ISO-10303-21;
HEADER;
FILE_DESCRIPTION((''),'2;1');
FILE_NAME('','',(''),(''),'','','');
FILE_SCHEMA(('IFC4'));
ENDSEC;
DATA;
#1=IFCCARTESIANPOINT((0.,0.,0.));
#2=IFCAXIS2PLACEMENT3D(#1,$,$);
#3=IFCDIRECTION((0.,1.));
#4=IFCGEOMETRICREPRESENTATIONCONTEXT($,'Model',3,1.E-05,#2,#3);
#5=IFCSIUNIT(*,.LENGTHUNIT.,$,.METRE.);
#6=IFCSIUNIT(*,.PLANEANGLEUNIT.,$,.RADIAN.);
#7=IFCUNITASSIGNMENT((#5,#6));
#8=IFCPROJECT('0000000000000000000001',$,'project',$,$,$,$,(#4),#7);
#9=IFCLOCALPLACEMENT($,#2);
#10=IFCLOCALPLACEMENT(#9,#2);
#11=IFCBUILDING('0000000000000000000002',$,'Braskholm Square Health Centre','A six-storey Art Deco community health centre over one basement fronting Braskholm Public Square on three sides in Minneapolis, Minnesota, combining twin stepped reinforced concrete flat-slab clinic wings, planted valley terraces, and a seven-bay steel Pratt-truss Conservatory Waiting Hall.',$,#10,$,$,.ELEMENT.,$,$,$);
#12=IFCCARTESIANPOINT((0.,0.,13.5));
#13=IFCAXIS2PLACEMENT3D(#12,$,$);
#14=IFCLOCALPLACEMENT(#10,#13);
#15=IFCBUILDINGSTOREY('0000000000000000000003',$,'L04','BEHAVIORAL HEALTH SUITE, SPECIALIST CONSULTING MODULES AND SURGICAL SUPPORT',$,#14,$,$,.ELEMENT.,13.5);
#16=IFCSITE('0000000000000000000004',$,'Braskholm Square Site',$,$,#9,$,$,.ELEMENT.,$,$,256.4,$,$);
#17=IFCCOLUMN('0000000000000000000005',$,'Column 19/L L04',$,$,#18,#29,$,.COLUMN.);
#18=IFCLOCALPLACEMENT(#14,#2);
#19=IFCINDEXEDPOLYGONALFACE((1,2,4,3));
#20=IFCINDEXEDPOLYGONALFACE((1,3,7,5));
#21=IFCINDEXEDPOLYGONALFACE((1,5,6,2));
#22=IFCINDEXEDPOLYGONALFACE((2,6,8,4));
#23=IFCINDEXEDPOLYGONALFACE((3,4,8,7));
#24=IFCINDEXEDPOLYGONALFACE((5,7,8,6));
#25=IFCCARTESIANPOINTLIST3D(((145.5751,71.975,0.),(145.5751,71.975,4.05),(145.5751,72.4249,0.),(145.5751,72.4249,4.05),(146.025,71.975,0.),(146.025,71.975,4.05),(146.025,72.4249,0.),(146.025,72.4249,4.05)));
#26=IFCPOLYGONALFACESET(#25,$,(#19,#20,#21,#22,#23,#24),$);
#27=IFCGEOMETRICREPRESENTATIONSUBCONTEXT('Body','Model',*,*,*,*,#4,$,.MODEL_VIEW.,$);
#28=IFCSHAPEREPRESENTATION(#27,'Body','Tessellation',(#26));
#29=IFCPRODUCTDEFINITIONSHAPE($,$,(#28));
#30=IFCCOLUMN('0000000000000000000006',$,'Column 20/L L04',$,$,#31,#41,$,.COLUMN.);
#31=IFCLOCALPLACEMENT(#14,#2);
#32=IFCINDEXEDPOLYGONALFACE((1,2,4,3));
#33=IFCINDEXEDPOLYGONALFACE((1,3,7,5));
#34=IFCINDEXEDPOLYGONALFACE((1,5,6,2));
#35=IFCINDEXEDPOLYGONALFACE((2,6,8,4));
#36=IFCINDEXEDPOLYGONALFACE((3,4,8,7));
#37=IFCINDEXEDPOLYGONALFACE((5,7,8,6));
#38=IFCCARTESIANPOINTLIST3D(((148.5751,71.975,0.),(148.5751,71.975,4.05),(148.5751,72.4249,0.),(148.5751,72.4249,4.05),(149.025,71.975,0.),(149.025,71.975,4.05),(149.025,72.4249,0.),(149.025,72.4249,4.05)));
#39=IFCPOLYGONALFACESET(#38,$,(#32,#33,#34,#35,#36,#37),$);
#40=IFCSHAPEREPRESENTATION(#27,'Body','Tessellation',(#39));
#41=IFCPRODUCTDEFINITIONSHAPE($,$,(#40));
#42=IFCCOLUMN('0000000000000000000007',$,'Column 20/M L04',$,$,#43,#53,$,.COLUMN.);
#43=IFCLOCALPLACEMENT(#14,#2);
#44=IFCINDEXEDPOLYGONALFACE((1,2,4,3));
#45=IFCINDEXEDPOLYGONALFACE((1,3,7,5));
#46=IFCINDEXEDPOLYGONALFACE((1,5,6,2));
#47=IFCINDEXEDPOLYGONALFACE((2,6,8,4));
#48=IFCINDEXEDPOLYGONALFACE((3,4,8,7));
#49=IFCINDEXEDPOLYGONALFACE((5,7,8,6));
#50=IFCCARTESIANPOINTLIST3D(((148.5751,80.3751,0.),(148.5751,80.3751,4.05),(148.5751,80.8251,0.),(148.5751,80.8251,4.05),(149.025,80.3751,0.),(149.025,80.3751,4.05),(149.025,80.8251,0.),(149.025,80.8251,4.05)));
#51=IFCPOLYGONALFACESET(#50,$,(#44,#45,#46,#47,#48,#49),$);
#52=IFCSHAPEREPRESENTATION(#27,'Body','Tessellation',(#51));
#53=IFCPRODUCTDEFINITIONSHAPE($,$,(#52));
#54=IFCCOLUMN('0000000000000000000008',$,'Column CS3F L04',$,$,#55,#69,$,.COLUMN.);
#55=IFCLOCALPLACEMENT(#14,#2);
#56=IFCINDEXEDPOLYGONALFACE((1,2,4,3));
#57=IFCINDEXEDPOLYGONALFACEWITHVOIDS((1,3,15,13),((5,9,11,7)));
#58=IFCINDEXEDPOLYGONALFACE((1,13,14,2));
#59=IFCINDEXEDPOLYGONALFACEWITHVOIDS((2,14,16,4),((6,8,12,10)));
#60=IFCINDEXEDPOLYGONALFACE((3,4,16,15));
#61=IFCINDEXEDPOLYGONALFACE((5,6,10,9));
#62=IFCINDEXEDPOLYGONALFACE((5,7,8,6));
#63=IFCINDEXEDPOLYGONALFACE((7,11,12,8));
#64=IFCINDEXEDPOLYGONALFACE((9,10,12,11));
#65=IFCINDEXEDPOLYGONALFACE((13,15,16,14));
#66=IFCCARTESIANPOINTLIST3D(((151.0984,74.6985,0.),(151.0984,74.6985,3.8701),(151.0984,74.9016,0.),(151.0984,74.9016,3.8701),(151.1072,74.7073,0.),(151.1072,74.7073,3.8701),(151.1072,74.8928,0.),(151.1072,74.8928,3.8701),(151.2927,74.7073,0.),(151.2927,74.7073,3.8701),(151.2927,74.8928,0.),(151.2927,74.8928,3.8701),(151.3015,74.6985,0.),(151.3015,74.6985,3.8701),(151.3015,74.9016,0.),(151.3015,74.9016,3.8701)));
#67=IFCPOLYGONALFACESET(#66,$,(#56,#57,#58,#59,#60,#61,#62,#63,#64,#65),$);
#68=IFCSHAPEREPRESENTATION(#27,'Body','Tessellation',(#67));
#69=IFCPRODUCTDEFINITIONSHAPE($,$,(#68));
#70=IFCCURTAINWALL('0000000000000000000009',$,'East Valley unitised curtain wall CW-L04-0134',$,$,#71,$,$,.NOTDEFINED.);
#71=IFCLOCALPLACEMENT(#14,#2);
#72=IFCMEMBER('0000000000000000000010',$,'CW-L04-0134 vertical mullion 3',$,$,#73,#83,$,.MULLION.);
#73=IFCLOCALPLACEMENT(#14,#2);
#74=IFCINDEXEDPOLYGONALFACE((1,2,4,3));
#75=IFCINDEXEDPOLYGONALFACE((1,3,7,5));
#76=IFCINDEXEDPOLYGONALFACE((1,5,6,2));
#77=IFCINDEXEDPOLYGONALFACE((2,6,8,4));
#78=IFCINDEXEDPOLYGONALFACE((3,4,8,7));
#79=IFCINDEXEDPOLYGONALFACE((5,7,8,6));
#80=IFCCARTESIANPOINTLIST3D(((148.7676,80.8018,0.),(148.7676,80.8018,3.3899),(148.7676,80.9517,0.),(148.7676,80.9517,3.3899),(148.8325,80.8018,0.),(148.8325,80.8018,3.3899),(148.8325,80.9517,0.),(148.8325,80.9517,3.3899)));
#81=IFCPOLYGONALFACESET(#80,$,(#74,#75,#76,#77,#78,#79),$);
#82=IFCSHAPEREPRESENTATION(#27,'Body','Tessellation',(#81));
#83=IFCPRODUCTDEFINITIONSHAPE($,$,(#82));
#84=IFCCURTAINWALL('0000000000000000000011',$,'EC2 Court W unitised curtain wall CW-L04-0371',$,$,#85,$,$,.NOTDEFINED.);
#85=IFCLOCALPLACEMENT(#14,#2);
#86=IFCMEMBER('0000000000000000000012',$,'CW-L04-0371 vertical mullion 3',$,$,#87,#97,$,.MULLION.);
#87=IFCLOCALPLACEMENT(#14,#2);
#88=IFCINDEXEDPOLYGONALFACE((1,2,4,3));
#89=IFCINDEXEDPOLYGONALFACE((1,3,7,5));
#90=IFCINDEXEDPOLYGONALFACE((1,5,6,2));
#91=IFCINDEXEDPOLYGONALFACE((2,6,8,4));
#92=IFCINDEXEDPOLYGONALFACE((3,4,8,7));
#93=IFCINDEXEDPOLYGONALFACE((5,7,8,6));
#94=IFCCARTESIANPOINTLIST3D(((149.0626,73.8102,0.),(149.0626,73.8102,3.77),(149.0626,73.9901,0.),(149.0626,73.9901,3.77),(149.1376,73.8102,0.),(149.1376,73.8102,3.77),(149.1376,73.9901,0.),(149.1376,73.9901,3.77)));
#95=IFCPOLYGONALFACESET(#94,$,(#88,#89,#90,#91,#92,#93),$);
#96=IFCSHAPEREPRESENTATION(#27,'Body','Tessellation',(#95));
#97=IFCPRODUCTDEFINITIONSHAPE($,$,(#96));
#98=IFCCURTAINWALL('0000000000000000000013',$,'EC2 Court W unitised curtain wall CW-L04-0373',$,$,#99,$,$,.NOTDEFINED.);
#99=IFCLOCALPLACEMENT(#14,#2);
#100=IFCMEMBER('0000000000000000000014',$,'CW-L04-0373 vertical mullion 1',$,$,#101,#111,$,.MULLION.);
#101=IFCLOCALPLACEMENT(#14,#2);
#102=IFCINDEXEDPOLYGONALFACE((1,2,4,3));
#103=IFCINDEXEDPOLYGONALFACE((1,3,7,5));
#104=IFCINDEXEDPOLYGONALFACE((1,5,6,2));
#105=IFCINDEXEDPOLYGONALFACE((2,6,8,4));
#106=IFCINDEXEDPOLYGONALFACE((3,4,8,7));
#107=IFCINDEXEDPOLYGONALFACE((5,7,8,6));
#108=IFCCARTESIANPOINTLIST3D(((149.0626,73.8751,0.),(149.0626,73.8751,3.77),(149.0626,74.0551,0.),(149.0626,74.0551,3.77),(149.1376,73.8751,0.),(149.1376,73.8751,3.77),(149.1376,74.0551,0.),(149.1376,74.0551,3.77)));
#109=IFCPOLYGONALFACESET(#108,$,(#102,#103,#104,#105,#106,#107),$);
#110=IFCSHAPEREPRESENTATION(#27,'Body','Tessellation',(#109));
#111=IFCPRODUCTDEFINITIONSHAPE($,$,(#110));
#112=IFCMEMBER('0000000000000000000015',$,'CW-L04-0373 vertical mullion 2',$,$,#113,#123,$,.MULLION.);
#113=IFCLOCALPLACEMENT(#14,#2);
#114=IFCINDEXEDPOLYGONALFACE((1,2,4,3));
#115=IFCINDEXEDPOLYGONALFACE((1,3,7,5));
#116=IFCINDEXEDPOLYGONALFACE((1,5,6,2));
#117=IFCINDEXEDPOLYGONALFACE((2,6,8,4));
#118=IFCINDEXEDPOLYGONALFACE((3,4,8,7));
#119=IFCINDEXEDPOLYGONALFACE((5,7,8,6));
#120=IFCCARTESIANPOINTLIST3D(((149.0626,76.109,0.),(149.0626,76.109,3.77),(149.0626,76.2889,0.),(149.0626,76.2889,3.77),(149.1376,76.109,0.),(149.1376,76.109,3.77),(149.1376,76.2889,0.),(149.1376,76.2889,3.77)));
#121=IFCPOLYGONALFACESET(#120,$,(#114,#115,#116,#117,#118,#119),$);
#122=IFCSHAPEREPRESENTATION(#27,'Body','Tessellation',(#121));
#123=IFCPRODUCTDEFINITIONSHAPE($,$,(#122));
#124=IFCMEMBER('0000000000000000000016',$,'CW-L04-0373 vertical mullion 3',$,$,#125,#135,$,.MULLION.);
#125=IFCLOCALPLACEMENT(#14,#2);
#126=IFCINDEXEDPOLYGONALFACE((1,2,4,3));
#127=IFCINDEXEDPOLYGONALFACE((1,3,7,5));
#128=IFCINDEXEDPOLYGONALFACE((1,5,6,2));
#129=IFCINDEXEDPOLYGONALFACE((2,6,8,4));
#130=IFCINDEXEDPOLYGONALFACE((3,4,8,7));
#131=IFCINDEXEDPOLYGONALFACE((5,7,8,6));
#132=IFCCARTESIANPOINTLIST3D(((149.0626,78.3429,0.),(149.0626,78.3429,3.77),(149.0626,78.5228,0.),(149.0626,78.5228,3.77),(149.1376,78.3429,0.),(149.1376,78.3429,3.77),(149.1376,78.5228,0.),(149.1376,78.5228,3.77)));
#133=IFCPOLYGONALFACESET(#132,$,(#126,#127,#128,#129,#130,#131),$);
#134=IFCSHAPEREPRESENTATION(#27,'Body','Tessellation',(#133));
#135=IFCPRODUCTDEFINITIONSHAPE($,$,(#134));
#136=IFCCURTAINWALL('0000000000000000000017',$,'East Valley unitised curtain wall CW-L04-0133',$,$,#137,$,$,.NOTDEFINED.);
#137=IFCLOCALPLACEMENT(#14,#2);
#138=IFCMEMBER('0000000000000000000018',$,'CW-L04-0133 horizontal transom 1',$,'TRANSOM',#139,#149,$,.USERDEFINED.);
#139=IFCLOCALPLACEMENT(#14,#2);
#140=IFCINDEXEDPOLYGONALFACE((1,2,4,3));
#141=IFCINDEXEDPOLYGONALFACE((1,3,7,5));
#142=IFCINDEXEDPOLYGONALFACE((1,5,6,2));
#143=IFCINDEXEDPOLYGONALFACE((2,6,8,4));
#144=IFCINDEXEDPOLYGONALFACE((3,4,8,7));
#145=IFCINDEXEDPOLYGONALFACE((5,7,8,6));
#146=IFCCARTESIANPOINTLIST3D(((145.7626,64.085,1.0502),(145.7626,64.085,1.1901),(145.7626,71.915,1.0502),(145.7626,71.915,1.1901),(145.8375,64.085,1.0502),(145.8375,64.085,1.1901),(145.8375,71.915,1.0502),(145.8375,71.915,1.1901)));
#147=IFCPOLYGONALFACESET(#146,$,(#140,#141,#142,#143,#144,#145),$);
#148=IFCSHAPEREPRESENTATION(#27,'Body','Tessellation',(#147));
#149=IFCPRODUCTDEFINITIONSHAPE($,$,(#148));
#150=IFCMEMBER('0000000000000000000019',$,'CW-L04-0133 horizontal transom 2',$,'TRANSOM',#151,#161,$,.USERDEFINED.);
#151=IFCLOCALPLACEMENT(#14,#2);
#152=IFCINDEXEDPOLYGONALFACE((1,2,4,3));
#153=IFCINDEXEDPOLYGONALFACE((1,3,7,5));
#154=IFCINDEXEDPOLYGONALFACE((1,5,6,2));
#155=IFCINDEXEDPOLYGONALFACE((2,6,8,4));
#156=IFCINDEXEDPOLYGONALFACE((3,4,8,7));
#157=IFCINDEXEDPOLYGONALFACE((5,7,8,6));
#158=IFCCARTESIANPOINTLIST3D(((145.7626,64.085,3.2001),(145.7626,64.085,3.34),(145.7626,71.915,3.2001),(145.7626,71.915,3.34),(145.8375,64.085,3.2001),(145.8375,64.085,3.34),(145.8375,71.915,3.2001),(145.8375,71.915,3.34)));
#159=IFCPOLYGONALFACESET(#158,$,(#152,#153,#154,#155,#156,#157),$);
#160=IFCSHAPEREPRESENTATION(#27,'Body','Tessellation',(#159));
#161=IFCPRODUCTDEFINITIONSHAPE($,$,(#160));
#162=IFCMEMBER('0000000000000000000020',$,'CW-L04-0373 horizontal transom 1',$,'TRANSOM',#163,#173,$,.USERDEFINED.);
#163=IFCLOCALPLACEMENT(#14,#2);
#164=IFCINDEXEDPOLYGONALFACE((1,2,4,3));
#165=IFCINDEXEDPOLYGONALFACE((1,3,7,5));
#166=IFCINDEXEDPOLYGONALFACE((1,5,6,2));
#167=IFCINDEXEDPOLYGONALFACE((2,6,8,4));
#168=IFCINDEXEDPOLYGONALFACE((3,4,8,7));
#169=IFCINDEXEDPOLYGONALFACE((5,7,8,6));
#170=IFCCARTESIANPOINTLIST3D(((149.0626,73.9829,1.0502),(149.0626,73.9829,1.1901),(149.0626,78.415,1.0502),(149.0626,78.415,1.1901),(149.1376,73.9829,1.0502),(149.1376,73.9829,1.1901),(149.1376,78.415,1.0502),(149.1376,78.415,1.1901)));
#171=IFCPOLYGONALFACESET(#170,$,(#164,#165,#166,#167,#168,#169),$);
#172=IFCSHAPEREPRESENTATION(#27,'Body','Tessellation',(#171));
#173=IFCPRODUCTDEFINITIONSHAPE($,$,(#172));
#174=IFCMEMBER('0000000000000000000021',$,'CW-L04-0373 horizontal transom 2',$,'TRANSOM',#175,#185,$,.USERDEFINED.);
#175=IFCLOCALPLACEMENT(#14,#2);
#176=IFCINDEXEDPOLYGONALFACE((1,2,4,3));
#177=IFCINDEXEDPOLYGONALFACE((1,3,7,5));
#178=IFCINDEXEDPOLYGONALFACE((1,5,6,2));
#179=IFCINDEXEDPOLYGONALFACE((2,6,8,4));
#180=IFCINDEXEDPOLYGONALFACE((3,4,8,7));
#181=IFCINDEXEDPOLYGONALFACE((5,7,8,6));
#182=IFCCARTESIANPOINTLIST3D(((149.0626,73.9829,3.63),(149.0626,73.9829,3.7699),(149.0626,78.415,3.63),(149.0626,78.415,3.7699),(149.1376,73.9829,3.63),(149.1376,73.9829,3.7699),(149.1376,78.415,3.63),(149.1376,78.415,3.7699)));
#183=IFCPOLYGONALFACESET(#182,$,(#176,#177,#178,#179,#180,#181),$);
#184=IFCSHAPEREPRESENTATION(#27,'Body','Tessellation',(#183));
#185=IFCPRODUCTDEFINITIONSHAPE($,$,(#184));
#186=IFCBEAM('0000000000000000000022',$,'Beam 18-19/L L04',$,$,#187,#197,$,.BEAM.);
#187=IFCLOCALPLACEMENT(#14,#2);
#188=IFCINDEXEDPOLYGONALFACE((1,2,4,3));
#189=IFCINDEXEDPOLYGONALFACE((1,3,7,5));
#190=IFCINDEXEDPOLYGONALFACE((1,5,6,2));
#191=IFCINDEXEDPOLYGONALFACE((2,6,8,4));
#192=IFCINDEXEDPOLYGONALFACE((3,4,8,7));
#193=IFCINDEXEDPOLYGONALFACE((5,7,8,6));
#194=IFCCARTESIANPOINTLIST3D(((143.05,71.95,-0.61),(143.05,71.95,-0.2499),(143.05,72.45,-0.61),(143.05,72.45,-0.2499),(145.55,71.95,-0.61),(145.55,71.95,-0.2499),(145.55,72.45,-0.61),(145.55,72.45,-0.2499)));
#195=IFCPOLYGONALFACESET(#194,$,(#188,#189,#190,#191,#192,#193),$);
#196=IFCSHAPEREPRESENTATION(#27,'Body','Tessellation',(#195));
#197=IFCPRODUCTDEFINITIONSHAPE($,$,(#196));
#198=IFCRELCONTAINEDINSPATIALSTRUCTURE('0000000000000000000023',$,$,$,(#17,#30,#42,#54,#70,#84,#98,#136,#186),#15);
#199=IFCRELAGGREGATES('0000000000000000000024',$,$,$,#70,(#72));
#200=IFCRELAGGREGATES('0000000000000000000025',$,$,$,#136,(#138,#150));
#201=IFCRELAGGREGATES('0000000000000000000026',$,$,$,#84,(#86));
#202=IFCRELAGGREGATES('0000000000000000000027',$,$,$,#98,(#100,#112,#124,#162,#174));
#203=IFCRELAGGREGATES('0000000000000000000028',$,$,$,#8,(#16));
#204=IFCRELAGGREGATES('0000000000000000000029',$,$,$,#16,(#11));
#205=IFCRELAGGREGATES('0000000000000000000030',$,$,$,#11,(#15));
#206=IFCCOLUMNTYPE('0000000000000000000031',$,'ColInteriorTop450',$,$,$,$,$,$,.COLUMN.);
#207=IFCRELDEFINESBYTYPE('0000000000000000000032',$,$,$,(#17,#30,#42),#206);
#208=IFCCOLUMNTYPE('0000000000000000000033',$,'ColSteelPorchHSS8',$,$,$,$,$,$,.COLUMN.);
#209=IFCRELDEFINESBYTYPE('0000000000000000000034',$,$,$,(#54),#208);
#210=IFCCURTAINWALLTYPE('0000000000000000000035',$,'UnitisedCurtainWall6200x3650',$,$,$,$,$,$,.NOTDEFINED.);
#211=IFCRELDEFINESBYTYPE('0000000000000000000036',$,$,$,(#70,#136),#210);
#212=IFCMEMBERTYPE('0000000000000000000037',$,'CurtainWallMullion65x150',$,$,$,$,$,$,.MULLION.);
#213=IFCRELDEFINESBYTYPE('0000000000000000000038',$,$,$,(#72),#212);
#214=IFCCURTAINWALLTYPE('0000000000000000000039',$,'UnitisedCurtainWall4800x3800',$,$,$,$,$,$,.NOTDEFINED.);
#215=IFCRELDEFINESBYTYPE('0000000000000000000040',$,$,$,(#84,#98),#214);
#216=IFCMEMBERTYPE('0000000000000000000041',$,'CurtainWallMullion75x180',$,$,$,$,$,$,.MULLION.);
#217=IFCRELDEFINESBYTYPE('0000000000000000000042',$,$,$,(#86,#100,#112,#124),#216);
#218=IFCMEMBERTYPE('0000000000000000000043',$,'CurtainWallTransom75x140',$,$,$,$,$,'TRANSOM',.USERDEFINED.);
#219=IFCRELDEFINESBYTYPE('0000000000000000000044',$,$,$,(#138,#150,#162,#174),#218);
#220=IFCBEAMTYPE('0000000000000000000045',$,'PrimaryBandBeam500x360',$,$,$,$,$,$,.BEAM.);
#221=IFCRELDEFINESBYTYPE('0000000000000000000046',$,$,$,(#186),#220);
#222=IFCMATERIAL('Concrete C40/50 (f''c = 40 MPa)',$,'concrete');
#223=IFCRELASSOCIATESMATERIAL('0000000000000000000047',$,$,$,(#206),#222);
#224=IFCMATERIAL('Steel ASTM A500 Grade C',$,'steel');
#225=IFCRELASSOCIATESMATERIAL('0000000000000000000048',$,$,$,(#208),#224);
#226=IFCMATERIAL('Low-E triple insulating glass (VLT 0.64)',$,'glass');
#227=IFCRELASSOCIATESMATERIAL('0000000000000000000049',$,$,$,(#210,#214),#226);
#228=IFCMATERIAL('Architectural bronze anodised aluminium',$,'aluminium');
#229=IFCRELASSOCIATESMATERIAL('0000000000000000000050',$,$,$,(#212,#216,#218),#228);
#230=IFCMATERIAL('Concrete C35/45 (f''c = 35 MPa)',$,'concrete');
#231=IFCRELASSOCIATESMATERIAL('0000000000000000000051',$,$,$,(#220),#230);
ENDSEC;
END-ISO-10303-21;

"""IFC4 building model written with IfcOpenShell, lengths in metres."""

from ifc_helpers import new_model, si_unit, direction, frame, origin, origin_2d, place, context, subcontext, project, spatial, rectangle, hollow_rectangle, extrude, material, material_profile, profile_set, type_object, element, aggregate, save


model = new_model("IFC4")

# Units and contexts
model_context = context("Model", 3, precision=1e-05, world=origin(), true_north=direction((0.0, 1.0)))
body_context = subcontext(model_context, "Body", "Model", "MODEL_VIEW")
ifc_project = project(units=[si_unit("LENGTHUNIT", "METRE"), si_unit("PLANEANGLEUNIT", "RADIAN")], contexts=[model_context])

# Site, building, storey
site_placement = place(None, origin())
site = spatial("IfcSite", under=ifc_project, at=site_placement, Name="Braskholm Square Site", CompositionType="ELEMENT", RefElevation=256.4)
building_placement = place(site_placement, origin())
building = spatial("IfcBuilding", under=site, at=building_placement, Name="Braskholm Square Health Centre", Description="A six-storey Art Deco community health centre over one basement fronting Braskholm Public Square on three sides in Minneapolis, Minnesota, combining twin stepped reinforced concrete flat-slab clinic wings, planted valley terraces, and a seven-bay steel Pratt-truss Conservatory Waiting Hall.", CompositionType="ELEMENT")
storey_placement = place(building_placement, frame((0.0, 0.0, 13.5)))
storey = spatial("IfcBuildingStorey", under=building, at=storey_placement, Name="L04", Description="BEHAVIORAL HEALTH SUITE, SPECIALIST CONSULTING MODULES AND SURGICAL SUPPORT", CompositionType="ELEMENT", Elevation=13.5)

# Columns
ifc_material_1 = material(Name="Concrete C40/50 (f'c = 40 MPa)", Category="concrete")
ifc_material_profile_1 = material_profile(ifc_material_1, rectangle(XDim=0.45, YDim=0.45, at=origin_2d()), Name="RC-450X450")
ifc_profile_set_1 = profile_set([ifc_material_profile_1], Name="Concrete C40/50 (f'c = 40 MPa)")
column_type_1 = type_object("IfcColumnType", Name="ColInteriorTop450", PredefinedType="COLUMN", material=ifc_profile_set_1)
for number, where, z_axis, x_axis, name in (
    (1, (145.8, 72.2, 0.0), (0.0, 0.0, 1.0), (1.0, 0.0, 0.0), "Column 19/L L04"),
    (2, (148.8, 72.2, 0.0), (0.0, 0.0, 1.0), (1.0, 0.0, 0.0), "Column 20/L L04"),
    (3, (148.8, 80.6001, 0.0), (0.0, 0.0, 1.0), (1.0, 0.0, 0.0), "Column 20/M L04"),
):
    element("IfcColumn", number, at=place(storey_placement, frame(where, z_axis=z_axis, x_axis=x_axis)), inside=storey, type_object=column_type_1, Name=name, PredefinedType="COLUMN", context=body_context, shape_type="SweptSolid", body=[
        extrude(rectangle(XDim=0.45, YDim=0.45, at=origin_2d()), origin(), (0.0, 0.0, 1.0), 4.05),
    ])
ifc_material_2 = material(Name="Steel ASTM A500 Grade C", Category="steel")
ifc_material_profile_2 = material_profile(ifc_material_2, hollow_rectangle(XDim=0.2031, YDim=0.2031, WallThickness=0.0088, at=origin_2d()), Name="HSS8X8X3/8")
ifc_profile_set_2 = profile_set([ifc_material_profile_2], Name="Steel ASTM A500 Grade C")
column_type_2 = type_object("IfcColumnType", Name="ColSteelPorchHSS8", PredefinedType="COLUMN", material=ifc_profile_set_2)
column_placement = place(storey_placement, frame((151.2, 74.8, 0.0), z_axis=(0.0, 0.0, 1.0), x_axis=(1.0, 0.0, 0.0)))
element("IfcColumn", 4, at=column_placement, inside=storey, type_object=column_type_2, Name="Column CS3F L04", PredefinedType="COLUMN", context=body_context, shape_type="SweptSolid", body=[
    extrude(hollow_rectangle(XDim=0.2031, YDim=0.2031, WallThickness=0.0088, at=origin_2d()), origin(), (0.0, 0.0, 1.0), 3.8701),
])

# Curtain walls, members
ifc_material_3 = material(Name="Low-E triple insulating glass (VLT 0.64)", Category="glass")
curtain_wall_type_1 = type_object("IfcCurtainWallType", Name="UnitisedCurtainWall6200x3650", PredefinedType="NOTDEFINED", material=ifc_material_3)
curtain_wall_1_placement = place(storey_placement, origin())
curtain_wall_1 = element("IfcCurtainWall", 5, at=curtain_wall_1_placement, inside=storey, type_object=curtain_wall_type_1, Name="East Valley unitised curtain wall CW-L04-0134", PredefinedType="NOTDEFINED")
ifc_material_4 = material(Name="Architectural bronze anodised aluminium", Category="aluminium")
ifc_material_profile_3 = material_profile(ifc_material_4, rectangle(XDim=0.0649, YDim=0.1499, at=origin_2d()), Name="ALU-65X150")
ifc_profile_set_3 = profile_set([ifc_material_profile_3], Name="Architectural bronze anodised aluminium")
member_type_1 = type_object("IfcMemberType", Name="CurtainWallMullion65x150", PredefinedType="MULLION", material=ifc_profile_set_3)
member_1_placement = place(storey_placement, frame((148.8, 80.8767, 0.0), z_axis=(0.0, 0.0, 1.0), x_axis=(1.0, 0.0, 0.0)))
member_1 = element("IfcMember", 6, at=member_1_placement, type_object=member_type_1, Name="CW-L04-0134 vertical mullion 3", PredefinedType="MULLION", context=body_context, shape_type="SweptSolid", body=[
    extrude(rectangle(XDim=0.0649, YDim=0.1499, at=origin_2d()), origin(), (0.0, 0.0, 1.0), 3.3899),
])
aggregate(curtain_wall_1, [member_1])
curtain_wall_type_2 = type_object("IfcCurtainWallType", Name="UnitisedCurtainWall4800x3800", PredefinedType="NOTDEFINED", material=ifc_material_3)
curtain_wall_2_placement = place(storey_placement, origin())
curtain_wall_2 = element("IfcCurtainWall", 7, at=curtain_wall_2_placement, inside=storey, type_object=curtain_wall_type_2, Name="EC2 Court W unitised curtain wall CW-L04-0371", PredefinedType="NOTDEFINED")
ifc_material_profile_4 = material_profile(ifc_material_4, rectangle(XDim=0.075, YDim=0.1799, at=origin_2d()), Name="ALU-75X180")
ifc_profile_set_4 = profile_set([ifc_material_profile_4], Name="Architectural bronze anodised aluminium")
member_type_2 = type_object("IfcMemberType", Name="CurtainWallMullion75x180", PredefinedType="MULLION", material=ifc_profile_set_4)
member_2_placement = place(storey_placement, frame((149.1001, 73.9001, 0.0), z_axis=(0.0, 0.0, 1.0), x_axis=(1.0, 0.0, 0.0)))
member_2 = element("IfcMember", 8, at=member_2_placement, type_object=member_type_2, Name="CW-L04-0371 vertical mullion 3", PredefinedType="MULLION", context=body_context, shape_type="SweptSolid", body=[
    extrude(rectangle(XDim=0.075, YDim=0.1799, at=origin_2d()), origin(), (0.0, 0.0, 1.0), 3.77),
])

# Curtain walls, members
curtain_wall_3_placement = place(storey_placement, origin())
curtain_wall_3 = element("IfcCurtainWall", 9, at=curtain_wall_3_placement, inside=storey, type_object=curtain_wall_type_2, Name="EC2 Court W unitised curtain wall CW-L04-0373", PredefinedType="NOTDEFINED")
member_3_placement = place(storey_placement, frame((149.1001, 73.9651, 0.0), z_axis=(0.0, 0.0, 1.0), x_axis=(1.0, 0.0, 0.0)))
member_3 = element("IfcMember", 10, at=member_3_placement, type_object=member_type_2, Name="CW-L04-0373 vertical mullion 1", PredefinedType="MULLION", context=body_context, shape_type="SweptSolid", body=[
    extrude(rectangle(XDim=0.075, YDim=0.1799, at=origin_2d()), origin(), (0.0, 0.0, 1.0), 3.77),
])
member_4_placement = place(storey_placement, frame((149.1001, 76.199, 0.0), z_axis=(0.0, 0.0, 1.0), x_axis=(1.0, 0.0, 0.0)))
member_4 = element("IfcMember", 11, at=member_4_placement, type_object=member_type_2, Name="CW-L04-0373 vertical mullion 2", PredefinedType="MULLION", context=body_context, shape_type="SweptSolid", body=[
    extrude(rectangle(XDim=0.075, YDim=0.1799, at=origin_2d()), origin(), (0.0, 0.0, 1.0), 3.77),
])
member_5_placement = place(storey_placement, frame((149.1001, 78.4329, 0.0), z_axis=(0.0, 0.0, 1.0), x_axis=(1.0, 0.0, 0.0)))
member_5 = element("IfcMember", 12, at=member_5_placement, type_object=member_type_2, Name="CW-L04-0373 vertical mullion 3", PredefinedType="MULLION", context=body_context, shape_type="SweptSolid", body=[
    extrude(rectangle(XDim=0.075, YDim=0.1799, at=origin_2d()), origin(), (0.0, 0.0, 1.0), 3.77),
])
curtain_wall_4_placement = place(storey_placement, origin())
curtain_wall_4 = element("IfcCurtainWall", 13, at=curtain_wall_4_placement, inside=storey, type_object=curtain_wall_type_1, Name="East Valley unitised curtain wall CW-L04-0133", PredefinedType="NOTDEFINED")
ifc_material_profile_5 = material_profile(ifc_material_4, rectangle(XDim=0.075, YDim=0.1399, at=origin_2d()), Name="ALU-75X140")
ifc_profile_set_5 = profile_set([ifc_material_profile_5], Name="Architectural bronze anodised aluminium")
member_type_3 = type_object("IfcMemberType", Name="CurtainWallTransom75x140", ElementType="TRANSOM", PredefinedType="USERDEFINED", material=ifc_profile_set_5)
member_6_placement = place(storey_placement, frame((145.8, 71.915, 1.1201), z_axis=(0.0, -1.0, 0.0), x_axis=(1.0, 0.0, 0.0)))
member_6 = element("IfcMember", 14, at=member_6_placement, type_object=member_type_3, Name="CW-L04-0133 horizontal transom 1", ObjectType="TRANSOM", PredefinedType="USERDEFINED", context=body_context, shape_type="SweptSolid", body=[
    extrude(rectangle(XDim=0.075, YDim=0.1399, at=origin_2d()), origin(), (0.0, 0.0, 1.0), 7.8301),
])
member_7_placement = place(storey_placement, frame((145.8, 71.915, 3.27), z_axis=(0.0, -1.0, 0.0), x_axis=(1.0, 0.0, 0.0)))
member_7 = element("IfcMember", 15, at=member_7_placement, type_object=member_type_3, Name="CW-L04-0133 horizontal transom 2", ObjectType="TRANSOM", PredefinedType="USERDEFINED", context=body_context, shape_type="SweptSolid", body=[
    extrude(rectangle(XDim=0.075, YDim=0.1399, at=origin_2d()), origin(), (0.0, 0.0, 1.0), 7.8301),
])
aggregate(curtain_wall_4, [member_6, member_7])

# Members
member_8_placement = place(storey_placement, frame((149.1001, 73.9829, 1.1201), z_axis=(0.0, 1.0, 0.0), x_axis=(-1.0, 0.0, 0.0)))
member_8 = element("IfcMember", 16, at=member_8_placement, type_object=member_type_3, Name="CW-L04-0373 horizontal transom 1", ObjectType="TRANSOM", PredefinedType="USERDEFINED", context=body_context, shape_type="SweptSolid", body=[
    extrude(rectangle(XDim=0.075, YDim=0.1399, at=origin_2d()), origin(), (0.0, 0.0, 1.0), 4.4321),
])
member_9_placement = place(storey_placement, frame((149.1001, 73.9829, 3.7), z_axis=(0.0, 1.0, 0.0), x_axis=(-1.0, 0.0, 0.0)))
member_9 = element("IfcMember", 17, at=member_9_placement, type_object=member_type_3, Name="CW-L04-0373 horizontal transom 2", ObjectType="TRANSOM", PredefinedType="USERDEFINED", context=body_context, shape_type="SweptSolid", body=[
    extrude(rectangle(XDim=0.075, YDim=0.1399, at=origin_2d()), origin(), (0.0, 0.0, 1.0), 4.4321),
])

# Beam
ifc_material_5 = material(Name="Concrete C35/45 (f'c = 35 MPa)", Category="concrete")
ifc_material_profile_6 = material_profile(ifc_material_5, rectangle(XDim=0.5, YDim=0.3601, at=origin_2d()), Name="RCB-500X360")
ifc_profile_set_6 = profile_set([ifc_material_profile_6], Name="Concrete C35/45 (f'c = 35 MPa)")
beam_type_1 = type_object("IfcBeamType", Name="PrimaryBandBeam500x360", PredefinedType="BEAM", material=ifc_profile_set_6)
for number, where, z_axis, x_axis, name in (
    (18, (143.05, 72.2, -0.4299), (1.0, 0.0, 0.0), (0.0, 1.0, 0.0), "Beam 18-19/L L04"),
):
    element("IfcBeam", number, at=place(storey_placement, frame(where, z_axis=z_axis, x_axis=x_axis)), inside=storey, type_object=beam_type_1, Name=name, PredefinedType="BEAM", context=body_context, shape_type="SweptSolid", body=[
        extrude(rectangle(XDim=0.5, YDim=0.3601, at=origin_2d()), origin(), (0.0, 0.0, 1.0), 2.5),
    ])

aggregate(curtain_wall_2, [member_2])
aggregate(curtain_wall_3, [member_3, member_4, member_5, member_8, member_9])

save(model, "model.ifc")
